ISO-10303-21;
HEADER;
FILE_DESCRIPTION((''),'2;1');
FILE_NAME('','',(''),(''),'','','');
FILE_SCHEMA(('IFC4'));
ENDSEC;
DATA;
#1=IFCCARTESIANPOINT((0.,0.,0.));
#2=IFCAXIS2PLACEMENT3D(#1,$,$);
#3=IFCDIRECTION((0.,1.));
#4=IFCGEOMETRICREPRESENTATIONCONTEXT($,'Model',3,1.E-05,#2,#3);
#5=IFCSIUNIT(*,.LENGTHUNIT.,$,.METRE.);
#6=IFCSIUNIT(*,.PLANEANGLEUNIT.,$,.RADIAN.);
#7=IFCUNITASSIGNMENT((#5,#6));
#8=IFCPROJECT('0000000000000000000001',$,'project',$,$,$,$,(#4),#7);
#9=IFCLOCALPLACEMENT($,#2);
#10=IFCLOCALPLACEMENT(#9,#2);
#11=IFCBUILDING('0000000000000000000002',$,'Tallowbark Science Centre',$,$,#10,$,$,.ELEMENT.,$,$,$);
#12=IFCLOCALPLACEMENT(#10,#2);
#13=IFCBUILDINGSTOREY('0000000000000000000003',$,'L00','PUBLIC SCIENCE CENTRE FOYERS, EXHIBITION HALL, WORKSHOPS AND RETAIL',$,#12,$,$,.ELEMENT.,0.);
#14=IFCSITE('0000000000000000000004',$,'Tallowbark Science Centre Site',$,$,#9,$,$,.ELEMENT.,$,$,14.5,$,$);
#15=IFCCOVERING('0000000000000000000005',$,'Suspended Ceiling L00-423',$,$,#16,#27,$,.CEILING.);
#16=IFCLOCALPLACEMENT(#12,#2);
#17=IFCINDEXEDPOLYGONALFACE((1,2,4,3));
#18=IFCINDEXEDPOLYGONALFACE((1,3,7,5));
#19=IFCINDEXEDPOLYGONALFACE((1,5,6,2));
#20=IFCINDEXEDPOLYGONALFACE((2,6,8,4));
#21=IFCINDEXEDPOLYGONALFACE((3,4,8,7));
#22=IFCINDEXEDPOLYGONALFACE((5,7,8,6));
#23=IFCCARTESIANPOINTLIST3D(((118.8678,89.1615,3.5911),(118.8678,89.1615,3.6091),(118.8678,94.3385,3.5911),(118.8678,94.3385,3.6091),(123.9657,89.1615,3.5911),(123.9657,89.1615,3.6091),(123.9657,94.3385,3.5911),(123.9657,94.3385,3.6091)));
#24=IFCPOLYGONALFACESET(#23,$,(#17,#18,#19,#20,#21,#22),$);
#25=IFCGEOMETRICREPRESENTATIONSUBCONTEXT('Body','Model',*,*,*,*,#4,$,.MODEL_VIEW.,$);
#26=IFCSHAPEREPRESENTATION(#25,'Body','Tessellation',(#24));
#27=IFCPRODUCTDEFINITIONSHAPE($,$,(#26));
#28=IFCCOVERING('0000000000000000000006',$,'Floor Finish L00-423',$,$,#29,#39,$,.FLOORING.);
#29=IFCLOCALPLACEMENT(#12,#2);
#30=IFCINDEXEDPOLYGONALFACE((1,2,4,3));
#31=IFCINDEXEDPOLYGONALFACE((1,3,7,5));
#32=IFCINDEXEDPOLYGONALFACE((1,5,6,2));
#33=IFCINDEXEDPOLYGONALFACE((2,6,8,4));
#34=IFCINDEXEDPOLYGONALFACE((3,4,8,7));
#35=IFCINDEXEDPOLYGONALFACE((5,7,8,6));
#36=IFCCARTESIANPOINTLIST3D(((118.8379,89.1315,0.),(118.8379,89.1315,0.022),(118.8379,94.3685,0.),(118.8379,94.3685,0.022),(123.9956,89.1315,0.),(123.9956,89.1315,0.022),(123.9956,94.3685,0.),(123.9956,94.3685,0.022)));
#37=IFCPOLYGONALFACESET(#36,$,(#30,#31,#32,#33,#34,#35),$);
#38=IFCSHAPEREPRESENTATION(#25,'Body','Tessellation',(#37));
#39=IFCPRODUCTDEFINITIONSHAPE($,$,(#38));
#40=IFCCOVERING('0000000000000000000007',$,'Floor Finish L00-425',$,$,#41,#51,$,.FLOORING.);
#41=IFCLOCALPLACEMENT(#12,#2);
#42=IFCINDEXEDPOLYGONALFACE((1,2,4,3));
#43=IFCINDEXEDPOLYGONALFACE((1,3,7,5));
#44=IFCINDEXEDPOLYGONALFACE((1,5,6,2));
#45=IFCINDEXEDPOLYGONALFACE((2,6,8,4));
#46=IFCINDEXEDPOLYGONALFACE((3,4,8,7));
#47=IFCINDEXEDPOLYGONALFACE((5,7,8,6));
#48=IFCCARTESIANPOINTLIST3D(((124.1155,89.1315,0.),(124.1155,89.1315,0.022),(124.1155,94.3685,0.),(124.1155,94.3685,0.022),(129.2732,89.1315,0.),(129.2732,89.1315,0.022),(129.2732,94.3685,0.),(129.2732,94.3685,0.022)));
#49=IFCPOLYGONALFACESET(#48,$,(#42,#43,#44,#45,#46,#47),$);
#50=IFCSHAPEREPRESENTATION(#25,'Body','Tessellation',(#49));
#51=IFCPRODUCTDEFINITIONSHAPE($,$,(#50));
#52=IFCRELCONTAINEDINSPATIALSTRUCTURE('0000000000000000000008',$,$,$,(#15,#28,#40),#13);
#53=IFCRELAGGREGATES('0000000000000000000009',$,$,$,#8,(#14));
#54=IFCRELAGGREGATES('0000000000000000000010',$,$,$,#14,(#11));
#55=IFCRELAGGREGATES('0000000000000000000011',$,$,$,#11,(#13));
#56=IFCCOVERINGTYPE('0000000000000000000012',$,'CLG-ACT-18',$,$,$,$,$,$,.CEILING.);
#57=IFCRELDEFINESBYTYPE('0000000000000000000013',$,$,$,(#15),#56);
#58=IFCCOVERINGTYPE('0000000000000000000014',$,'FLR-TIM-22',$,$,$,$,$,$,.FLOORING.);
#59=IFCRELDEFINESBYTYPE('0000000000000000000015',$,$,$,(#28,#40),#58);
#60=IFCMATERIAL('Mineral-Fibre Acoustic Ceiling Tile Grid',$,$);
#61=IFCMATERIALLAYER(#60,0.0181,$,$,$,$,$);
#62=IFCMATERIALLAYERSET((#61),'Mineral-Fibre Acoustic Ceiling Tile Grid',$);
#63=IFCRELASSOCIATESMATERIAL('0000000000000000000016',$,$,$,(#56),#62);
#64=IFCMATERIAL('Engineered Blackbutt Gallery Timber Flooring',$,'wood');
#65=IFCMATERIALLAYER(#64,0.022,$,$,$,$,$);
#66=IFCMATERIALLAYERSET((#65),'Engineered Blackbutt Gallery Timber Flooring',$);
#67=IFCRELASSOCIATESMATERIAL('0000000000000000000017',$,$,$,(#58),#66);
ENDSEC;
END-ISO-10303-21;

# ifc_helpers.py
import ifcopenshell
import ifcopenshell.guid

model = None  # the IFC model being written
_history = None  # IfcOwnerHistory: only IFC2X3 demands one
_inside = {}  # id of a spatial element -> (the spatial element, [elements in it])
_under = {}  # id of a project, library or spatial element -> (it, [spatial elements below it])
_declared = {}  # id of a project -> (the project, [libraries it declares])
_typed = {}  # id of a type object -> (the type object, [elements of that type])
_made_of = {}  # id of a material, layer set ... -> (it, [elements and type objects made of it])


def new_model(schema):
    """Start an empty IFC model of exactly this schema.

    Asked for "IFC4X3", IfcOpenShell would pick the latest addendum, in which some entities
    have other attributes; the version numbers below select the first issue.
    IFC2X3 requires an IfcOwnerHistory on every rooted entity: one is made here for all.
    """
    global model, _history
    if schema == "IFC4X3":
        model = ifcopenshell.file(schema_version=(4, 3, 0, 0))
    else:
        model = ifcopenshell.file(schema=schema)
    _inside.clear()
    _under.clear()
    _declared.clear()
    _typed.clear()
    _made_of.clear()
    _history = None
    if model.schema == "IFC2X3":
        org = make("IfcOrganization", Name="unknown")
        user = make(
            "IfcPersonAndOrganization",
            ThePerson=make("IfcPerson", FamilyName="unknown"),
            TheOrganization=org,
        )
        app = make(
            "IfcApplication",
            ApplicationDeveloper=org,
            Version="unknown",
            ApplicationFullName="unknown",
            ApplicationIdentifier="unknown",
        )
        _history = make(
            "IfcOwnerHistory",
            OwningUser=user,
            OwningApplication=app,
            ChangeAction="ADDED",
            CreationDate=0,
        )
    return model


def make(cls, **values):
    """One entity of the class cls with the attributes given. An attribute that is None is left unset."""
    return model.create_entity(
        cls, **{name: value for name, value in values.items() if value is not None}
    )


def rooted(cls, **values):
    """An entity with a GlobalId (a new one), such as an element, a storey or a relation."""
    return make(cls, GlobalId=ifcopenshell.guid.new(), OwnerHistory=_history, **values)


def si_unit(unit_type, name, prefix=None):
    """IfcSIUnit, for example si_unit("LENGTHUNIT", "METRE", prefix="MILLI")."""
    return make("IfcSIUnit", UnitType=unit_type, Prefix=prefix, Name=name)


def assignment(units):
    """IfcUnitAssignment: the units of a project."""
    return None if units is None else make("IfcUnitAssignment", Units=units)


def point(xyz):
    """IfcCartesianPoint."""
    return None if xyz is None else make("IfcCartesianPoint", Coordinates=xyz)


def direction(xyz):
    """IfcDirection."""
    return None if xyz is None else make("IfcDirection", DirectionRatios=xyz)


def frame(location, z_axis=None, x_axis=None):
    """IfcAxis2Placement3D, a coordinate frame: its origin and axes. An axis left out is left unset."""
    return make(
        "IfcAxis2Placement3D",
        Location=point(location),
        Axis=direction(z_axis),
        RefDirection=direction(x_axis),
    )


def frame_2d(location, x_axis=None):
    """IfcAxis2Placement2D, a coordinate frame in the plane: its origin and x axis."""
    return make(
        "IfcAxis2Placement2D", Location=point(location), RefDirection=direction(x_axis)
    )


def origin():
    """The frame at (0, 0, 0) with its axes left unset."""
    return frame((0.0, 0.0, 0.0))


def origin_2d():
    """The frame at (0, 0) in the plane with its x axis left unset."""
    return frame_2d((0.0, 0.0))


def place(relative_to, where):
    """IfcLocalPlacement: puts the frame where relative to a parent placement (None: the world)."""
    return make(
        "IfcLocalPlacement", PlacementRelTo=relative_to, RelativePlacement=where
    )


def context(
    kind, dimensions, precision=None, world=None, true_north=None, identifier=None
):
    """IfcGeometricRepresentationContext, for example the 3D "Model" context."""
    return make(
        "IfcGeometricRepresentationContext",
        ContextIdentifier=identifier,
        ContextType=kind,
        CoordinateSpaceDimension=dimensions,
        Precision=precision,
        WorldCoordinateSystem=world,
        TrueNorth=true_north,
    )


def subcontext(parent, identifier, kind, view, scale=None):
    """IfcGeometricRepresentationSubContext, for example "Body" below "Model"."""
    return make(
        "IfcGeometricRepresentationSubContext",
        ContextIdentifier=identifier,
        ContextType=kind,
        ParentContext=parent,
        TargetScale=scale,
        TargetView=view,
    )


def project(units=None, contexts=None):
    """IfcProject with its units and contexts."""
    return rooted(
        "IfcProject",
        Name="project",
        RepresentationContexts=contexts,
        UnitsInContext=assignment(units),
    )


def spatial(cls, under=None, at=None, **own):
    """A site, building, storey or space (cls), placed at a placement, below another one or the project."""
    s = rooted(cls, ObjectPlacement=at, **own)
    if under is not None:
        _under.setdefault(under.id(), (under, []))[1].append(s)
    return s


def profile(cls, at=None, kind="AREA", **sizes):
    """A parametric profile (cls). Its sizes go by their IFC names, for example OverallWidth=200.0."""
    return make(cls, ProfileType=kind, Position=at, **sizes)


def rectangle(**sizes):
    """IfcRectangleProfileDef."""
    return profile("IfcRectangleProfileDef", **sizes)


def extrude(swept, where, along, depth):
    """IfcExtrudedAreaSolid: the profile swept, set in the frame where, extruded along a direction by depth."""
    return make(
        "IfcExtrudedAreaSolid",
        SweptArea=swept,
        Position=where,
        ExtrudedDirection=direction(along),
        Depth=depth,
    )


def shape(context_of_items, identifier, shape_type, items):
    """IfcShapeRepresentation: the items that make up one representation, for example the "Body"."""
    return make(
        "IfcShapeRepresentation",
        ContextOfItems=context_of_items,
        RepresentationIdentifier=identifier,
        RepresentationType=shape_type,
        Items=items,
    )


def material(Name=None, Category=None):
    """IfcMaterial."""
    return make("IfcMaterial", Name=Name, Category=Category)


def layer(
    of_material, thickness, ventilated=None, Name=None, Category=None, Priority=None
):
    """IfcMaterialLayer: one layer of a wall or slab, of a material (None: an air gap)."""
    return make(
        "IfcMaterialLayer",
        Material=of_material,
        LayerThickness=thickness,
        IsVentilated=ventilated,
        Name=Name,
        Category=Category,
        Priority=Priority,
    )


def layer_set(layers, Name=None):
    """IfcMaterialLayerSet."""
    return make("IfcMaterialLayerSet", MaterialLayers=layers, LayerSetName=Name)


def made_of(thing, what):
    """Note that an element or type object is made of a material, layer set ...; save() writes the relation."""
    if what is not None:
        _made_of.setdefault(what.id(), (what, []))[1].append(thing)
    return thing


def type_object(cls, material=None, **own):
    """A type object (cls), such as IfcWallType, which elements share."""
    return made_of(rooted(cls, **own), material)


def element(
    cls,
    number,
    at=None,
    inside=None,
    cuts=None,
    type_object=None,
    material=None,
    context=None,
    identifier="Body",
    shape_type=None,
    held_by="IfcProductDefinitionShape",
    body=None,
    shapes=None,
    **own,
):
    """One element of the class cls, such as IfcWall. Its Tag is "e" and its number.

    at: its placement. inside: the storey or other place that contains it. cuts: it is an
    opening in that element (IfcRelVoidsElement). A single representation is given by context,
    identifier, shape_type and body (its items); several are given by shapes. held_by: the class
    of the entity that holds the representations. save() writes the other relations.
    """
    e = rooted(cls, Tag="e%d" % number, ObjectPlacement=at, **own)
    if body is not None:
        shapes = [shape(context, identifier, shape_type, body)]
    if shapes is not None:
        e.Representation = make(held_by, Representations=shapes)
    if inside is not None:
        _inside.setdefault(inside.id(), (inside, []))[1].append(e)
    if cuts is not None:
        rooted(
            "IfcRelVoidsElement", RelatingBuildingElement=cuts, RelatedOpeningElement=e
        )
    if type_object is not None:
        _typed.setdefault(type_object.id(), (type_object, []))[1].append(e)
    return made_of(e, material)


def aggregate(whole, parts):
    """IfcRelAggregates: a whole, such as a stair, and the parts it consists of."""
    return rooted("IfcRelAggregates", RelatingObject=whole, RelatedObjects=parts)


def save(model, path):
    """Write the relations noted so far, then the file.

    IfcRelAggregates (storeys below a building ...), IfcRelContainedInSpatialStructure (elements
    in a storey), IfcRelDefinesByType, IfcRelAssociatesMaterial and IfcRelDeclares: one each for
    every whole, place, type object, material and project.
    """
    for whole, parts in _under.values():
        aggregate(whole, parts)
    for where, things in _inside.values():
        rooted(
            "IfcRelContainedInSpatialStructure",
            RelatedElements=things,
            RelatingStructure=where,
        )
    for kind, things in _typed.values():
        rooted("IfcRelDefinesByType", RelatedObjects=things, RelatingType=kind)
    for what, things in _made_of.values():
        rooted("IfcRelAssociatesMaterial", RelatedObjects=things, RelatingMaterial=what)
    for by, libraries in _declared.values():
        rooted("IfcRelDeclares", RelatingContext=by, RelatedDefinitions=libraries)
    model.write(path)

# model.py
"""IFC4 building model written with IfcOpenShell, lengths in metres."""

from ifc_helpers import new_model, si_unit, direction, frame, origin, origin_2d, place, context, subcontext, project, spatial, rectangle, extrude, material, layer, layer_set, type_object, element, save


model = new_model("IFC4")

# Units and contexts
model_context = context("Model", 3, precision=1e-05, world=origin(), true_north=direction((0.0, 1.0)))
body_context = subcontext(model_context, "Body", "Model", "MODEL_VIEW")
ifc_project = project(units=[si_unit("LENGTHUNIT", "METRE"), si_unit("PLANEANGLEUNIT", "RADIAN")], contexts=[model_context])

# Site, building, storey
site_placement = place(None, origin())
site = spatial("IfcSite", under=ifc_project, at=site_placement, Name="Tallowbark Science Centre Site", CompositionType="ELEMENT", RefElevation=14.5)
building_placement = place(site_placement, origin())
building = spatial("IfcBuilding", under=site, at=building_placement, Name="Tallowbark Science Centre", CompositionType="ELEMENT")
storey_placement = place(building_placement, origin())
storey = spatial("IfcBuildingStorey", under=building, at=storey_placement, Name="L00", Description="PUBLIC SCIENCE CENTRE FOYERS, EXHIBITION HALL, WORKSHOPS AND RETAIL", CompositionType="ELEMENT", Elevation=0.0)

# Coverings
ifc_material_1 = material(Name="Mineral-Fibre Acoustic Ceiling Tile Grid")
ifc_layer_1 = layer(ifc_material_1, 0.0181)
ifc_layer_set_1 = layer_set([ifc_layer_1], Name="Mineral-Fibre Acoustic Ceiling Tile Grid")
covering_type_1 = type_object("IfcCoveringType", Name="CLG-ACT-18", PredefinedType="CEILING", material=ifc_layer_set_1)
covering_placement = place(storey_placement, frame((121.4167, 91.75, 3.5911), z_axis=(0.0, 0.0, 1.0), x_axis=(1.0, 0.0, 0.0)))
element("IfcCovering", 1, at=covering_placement, inside=storey, type_object=covering_type_1, Name="Suspended Ceiling L00-423", PredefinedType="CEILING", context=body_context, shape_type="SweptSolid", body=[
    extrude(rectangle(XDim=5.0979, YDim=5.177, at=origin_2d()), origin(), (0.0, 0.0, 1.0), 0.0181),
])
ifc_material_2 = material(Name="Engineered Blackbutt Gallery Timber Flooring", Category="wood")
ifc_layer_2 = layer(ifc_material_2, 0.022)
ifc_layer_set_2 = layer_set([ifc_layer_2], Name="Engineered Blackbutt Gallery Timber Flooring")
covering_type_2 = type_object("IfcCoveringType", Name="FLR-TIM-22", PredefinedType="FLOORING", material=ifc_layer_set_2)
for number, where, z_axis, x_axis, name in (
    (2, (121.4167, 91.75, 0.0), (0.0, 0.0, 1.0), (1.0, 0.0, 0.0), "Floor Finish L00-423"),
    (3, (126.6943, 91.75, 0.0), (0.0, 0.0, 1.0), (1.0, 0.0, 0.0), "Floor Finish L00-425"),
):
    element("IfcCovering", number, at=place(storey_placement, frame(where, z_axis=z_axis, x_axis=x_axis)), inside=storey, type_object=covering_type_2, Name=name, PredefinedType="FLOORING", context=body_context, shape_type="SweptSolid", body=[
        extrude(rectangle(XDim=5.1577, YDim=5.2371, at=origin_2d()), origin(), (0.0, 0.0, 1.0), 0.022),
    ])

save(model, "model.ifc")
